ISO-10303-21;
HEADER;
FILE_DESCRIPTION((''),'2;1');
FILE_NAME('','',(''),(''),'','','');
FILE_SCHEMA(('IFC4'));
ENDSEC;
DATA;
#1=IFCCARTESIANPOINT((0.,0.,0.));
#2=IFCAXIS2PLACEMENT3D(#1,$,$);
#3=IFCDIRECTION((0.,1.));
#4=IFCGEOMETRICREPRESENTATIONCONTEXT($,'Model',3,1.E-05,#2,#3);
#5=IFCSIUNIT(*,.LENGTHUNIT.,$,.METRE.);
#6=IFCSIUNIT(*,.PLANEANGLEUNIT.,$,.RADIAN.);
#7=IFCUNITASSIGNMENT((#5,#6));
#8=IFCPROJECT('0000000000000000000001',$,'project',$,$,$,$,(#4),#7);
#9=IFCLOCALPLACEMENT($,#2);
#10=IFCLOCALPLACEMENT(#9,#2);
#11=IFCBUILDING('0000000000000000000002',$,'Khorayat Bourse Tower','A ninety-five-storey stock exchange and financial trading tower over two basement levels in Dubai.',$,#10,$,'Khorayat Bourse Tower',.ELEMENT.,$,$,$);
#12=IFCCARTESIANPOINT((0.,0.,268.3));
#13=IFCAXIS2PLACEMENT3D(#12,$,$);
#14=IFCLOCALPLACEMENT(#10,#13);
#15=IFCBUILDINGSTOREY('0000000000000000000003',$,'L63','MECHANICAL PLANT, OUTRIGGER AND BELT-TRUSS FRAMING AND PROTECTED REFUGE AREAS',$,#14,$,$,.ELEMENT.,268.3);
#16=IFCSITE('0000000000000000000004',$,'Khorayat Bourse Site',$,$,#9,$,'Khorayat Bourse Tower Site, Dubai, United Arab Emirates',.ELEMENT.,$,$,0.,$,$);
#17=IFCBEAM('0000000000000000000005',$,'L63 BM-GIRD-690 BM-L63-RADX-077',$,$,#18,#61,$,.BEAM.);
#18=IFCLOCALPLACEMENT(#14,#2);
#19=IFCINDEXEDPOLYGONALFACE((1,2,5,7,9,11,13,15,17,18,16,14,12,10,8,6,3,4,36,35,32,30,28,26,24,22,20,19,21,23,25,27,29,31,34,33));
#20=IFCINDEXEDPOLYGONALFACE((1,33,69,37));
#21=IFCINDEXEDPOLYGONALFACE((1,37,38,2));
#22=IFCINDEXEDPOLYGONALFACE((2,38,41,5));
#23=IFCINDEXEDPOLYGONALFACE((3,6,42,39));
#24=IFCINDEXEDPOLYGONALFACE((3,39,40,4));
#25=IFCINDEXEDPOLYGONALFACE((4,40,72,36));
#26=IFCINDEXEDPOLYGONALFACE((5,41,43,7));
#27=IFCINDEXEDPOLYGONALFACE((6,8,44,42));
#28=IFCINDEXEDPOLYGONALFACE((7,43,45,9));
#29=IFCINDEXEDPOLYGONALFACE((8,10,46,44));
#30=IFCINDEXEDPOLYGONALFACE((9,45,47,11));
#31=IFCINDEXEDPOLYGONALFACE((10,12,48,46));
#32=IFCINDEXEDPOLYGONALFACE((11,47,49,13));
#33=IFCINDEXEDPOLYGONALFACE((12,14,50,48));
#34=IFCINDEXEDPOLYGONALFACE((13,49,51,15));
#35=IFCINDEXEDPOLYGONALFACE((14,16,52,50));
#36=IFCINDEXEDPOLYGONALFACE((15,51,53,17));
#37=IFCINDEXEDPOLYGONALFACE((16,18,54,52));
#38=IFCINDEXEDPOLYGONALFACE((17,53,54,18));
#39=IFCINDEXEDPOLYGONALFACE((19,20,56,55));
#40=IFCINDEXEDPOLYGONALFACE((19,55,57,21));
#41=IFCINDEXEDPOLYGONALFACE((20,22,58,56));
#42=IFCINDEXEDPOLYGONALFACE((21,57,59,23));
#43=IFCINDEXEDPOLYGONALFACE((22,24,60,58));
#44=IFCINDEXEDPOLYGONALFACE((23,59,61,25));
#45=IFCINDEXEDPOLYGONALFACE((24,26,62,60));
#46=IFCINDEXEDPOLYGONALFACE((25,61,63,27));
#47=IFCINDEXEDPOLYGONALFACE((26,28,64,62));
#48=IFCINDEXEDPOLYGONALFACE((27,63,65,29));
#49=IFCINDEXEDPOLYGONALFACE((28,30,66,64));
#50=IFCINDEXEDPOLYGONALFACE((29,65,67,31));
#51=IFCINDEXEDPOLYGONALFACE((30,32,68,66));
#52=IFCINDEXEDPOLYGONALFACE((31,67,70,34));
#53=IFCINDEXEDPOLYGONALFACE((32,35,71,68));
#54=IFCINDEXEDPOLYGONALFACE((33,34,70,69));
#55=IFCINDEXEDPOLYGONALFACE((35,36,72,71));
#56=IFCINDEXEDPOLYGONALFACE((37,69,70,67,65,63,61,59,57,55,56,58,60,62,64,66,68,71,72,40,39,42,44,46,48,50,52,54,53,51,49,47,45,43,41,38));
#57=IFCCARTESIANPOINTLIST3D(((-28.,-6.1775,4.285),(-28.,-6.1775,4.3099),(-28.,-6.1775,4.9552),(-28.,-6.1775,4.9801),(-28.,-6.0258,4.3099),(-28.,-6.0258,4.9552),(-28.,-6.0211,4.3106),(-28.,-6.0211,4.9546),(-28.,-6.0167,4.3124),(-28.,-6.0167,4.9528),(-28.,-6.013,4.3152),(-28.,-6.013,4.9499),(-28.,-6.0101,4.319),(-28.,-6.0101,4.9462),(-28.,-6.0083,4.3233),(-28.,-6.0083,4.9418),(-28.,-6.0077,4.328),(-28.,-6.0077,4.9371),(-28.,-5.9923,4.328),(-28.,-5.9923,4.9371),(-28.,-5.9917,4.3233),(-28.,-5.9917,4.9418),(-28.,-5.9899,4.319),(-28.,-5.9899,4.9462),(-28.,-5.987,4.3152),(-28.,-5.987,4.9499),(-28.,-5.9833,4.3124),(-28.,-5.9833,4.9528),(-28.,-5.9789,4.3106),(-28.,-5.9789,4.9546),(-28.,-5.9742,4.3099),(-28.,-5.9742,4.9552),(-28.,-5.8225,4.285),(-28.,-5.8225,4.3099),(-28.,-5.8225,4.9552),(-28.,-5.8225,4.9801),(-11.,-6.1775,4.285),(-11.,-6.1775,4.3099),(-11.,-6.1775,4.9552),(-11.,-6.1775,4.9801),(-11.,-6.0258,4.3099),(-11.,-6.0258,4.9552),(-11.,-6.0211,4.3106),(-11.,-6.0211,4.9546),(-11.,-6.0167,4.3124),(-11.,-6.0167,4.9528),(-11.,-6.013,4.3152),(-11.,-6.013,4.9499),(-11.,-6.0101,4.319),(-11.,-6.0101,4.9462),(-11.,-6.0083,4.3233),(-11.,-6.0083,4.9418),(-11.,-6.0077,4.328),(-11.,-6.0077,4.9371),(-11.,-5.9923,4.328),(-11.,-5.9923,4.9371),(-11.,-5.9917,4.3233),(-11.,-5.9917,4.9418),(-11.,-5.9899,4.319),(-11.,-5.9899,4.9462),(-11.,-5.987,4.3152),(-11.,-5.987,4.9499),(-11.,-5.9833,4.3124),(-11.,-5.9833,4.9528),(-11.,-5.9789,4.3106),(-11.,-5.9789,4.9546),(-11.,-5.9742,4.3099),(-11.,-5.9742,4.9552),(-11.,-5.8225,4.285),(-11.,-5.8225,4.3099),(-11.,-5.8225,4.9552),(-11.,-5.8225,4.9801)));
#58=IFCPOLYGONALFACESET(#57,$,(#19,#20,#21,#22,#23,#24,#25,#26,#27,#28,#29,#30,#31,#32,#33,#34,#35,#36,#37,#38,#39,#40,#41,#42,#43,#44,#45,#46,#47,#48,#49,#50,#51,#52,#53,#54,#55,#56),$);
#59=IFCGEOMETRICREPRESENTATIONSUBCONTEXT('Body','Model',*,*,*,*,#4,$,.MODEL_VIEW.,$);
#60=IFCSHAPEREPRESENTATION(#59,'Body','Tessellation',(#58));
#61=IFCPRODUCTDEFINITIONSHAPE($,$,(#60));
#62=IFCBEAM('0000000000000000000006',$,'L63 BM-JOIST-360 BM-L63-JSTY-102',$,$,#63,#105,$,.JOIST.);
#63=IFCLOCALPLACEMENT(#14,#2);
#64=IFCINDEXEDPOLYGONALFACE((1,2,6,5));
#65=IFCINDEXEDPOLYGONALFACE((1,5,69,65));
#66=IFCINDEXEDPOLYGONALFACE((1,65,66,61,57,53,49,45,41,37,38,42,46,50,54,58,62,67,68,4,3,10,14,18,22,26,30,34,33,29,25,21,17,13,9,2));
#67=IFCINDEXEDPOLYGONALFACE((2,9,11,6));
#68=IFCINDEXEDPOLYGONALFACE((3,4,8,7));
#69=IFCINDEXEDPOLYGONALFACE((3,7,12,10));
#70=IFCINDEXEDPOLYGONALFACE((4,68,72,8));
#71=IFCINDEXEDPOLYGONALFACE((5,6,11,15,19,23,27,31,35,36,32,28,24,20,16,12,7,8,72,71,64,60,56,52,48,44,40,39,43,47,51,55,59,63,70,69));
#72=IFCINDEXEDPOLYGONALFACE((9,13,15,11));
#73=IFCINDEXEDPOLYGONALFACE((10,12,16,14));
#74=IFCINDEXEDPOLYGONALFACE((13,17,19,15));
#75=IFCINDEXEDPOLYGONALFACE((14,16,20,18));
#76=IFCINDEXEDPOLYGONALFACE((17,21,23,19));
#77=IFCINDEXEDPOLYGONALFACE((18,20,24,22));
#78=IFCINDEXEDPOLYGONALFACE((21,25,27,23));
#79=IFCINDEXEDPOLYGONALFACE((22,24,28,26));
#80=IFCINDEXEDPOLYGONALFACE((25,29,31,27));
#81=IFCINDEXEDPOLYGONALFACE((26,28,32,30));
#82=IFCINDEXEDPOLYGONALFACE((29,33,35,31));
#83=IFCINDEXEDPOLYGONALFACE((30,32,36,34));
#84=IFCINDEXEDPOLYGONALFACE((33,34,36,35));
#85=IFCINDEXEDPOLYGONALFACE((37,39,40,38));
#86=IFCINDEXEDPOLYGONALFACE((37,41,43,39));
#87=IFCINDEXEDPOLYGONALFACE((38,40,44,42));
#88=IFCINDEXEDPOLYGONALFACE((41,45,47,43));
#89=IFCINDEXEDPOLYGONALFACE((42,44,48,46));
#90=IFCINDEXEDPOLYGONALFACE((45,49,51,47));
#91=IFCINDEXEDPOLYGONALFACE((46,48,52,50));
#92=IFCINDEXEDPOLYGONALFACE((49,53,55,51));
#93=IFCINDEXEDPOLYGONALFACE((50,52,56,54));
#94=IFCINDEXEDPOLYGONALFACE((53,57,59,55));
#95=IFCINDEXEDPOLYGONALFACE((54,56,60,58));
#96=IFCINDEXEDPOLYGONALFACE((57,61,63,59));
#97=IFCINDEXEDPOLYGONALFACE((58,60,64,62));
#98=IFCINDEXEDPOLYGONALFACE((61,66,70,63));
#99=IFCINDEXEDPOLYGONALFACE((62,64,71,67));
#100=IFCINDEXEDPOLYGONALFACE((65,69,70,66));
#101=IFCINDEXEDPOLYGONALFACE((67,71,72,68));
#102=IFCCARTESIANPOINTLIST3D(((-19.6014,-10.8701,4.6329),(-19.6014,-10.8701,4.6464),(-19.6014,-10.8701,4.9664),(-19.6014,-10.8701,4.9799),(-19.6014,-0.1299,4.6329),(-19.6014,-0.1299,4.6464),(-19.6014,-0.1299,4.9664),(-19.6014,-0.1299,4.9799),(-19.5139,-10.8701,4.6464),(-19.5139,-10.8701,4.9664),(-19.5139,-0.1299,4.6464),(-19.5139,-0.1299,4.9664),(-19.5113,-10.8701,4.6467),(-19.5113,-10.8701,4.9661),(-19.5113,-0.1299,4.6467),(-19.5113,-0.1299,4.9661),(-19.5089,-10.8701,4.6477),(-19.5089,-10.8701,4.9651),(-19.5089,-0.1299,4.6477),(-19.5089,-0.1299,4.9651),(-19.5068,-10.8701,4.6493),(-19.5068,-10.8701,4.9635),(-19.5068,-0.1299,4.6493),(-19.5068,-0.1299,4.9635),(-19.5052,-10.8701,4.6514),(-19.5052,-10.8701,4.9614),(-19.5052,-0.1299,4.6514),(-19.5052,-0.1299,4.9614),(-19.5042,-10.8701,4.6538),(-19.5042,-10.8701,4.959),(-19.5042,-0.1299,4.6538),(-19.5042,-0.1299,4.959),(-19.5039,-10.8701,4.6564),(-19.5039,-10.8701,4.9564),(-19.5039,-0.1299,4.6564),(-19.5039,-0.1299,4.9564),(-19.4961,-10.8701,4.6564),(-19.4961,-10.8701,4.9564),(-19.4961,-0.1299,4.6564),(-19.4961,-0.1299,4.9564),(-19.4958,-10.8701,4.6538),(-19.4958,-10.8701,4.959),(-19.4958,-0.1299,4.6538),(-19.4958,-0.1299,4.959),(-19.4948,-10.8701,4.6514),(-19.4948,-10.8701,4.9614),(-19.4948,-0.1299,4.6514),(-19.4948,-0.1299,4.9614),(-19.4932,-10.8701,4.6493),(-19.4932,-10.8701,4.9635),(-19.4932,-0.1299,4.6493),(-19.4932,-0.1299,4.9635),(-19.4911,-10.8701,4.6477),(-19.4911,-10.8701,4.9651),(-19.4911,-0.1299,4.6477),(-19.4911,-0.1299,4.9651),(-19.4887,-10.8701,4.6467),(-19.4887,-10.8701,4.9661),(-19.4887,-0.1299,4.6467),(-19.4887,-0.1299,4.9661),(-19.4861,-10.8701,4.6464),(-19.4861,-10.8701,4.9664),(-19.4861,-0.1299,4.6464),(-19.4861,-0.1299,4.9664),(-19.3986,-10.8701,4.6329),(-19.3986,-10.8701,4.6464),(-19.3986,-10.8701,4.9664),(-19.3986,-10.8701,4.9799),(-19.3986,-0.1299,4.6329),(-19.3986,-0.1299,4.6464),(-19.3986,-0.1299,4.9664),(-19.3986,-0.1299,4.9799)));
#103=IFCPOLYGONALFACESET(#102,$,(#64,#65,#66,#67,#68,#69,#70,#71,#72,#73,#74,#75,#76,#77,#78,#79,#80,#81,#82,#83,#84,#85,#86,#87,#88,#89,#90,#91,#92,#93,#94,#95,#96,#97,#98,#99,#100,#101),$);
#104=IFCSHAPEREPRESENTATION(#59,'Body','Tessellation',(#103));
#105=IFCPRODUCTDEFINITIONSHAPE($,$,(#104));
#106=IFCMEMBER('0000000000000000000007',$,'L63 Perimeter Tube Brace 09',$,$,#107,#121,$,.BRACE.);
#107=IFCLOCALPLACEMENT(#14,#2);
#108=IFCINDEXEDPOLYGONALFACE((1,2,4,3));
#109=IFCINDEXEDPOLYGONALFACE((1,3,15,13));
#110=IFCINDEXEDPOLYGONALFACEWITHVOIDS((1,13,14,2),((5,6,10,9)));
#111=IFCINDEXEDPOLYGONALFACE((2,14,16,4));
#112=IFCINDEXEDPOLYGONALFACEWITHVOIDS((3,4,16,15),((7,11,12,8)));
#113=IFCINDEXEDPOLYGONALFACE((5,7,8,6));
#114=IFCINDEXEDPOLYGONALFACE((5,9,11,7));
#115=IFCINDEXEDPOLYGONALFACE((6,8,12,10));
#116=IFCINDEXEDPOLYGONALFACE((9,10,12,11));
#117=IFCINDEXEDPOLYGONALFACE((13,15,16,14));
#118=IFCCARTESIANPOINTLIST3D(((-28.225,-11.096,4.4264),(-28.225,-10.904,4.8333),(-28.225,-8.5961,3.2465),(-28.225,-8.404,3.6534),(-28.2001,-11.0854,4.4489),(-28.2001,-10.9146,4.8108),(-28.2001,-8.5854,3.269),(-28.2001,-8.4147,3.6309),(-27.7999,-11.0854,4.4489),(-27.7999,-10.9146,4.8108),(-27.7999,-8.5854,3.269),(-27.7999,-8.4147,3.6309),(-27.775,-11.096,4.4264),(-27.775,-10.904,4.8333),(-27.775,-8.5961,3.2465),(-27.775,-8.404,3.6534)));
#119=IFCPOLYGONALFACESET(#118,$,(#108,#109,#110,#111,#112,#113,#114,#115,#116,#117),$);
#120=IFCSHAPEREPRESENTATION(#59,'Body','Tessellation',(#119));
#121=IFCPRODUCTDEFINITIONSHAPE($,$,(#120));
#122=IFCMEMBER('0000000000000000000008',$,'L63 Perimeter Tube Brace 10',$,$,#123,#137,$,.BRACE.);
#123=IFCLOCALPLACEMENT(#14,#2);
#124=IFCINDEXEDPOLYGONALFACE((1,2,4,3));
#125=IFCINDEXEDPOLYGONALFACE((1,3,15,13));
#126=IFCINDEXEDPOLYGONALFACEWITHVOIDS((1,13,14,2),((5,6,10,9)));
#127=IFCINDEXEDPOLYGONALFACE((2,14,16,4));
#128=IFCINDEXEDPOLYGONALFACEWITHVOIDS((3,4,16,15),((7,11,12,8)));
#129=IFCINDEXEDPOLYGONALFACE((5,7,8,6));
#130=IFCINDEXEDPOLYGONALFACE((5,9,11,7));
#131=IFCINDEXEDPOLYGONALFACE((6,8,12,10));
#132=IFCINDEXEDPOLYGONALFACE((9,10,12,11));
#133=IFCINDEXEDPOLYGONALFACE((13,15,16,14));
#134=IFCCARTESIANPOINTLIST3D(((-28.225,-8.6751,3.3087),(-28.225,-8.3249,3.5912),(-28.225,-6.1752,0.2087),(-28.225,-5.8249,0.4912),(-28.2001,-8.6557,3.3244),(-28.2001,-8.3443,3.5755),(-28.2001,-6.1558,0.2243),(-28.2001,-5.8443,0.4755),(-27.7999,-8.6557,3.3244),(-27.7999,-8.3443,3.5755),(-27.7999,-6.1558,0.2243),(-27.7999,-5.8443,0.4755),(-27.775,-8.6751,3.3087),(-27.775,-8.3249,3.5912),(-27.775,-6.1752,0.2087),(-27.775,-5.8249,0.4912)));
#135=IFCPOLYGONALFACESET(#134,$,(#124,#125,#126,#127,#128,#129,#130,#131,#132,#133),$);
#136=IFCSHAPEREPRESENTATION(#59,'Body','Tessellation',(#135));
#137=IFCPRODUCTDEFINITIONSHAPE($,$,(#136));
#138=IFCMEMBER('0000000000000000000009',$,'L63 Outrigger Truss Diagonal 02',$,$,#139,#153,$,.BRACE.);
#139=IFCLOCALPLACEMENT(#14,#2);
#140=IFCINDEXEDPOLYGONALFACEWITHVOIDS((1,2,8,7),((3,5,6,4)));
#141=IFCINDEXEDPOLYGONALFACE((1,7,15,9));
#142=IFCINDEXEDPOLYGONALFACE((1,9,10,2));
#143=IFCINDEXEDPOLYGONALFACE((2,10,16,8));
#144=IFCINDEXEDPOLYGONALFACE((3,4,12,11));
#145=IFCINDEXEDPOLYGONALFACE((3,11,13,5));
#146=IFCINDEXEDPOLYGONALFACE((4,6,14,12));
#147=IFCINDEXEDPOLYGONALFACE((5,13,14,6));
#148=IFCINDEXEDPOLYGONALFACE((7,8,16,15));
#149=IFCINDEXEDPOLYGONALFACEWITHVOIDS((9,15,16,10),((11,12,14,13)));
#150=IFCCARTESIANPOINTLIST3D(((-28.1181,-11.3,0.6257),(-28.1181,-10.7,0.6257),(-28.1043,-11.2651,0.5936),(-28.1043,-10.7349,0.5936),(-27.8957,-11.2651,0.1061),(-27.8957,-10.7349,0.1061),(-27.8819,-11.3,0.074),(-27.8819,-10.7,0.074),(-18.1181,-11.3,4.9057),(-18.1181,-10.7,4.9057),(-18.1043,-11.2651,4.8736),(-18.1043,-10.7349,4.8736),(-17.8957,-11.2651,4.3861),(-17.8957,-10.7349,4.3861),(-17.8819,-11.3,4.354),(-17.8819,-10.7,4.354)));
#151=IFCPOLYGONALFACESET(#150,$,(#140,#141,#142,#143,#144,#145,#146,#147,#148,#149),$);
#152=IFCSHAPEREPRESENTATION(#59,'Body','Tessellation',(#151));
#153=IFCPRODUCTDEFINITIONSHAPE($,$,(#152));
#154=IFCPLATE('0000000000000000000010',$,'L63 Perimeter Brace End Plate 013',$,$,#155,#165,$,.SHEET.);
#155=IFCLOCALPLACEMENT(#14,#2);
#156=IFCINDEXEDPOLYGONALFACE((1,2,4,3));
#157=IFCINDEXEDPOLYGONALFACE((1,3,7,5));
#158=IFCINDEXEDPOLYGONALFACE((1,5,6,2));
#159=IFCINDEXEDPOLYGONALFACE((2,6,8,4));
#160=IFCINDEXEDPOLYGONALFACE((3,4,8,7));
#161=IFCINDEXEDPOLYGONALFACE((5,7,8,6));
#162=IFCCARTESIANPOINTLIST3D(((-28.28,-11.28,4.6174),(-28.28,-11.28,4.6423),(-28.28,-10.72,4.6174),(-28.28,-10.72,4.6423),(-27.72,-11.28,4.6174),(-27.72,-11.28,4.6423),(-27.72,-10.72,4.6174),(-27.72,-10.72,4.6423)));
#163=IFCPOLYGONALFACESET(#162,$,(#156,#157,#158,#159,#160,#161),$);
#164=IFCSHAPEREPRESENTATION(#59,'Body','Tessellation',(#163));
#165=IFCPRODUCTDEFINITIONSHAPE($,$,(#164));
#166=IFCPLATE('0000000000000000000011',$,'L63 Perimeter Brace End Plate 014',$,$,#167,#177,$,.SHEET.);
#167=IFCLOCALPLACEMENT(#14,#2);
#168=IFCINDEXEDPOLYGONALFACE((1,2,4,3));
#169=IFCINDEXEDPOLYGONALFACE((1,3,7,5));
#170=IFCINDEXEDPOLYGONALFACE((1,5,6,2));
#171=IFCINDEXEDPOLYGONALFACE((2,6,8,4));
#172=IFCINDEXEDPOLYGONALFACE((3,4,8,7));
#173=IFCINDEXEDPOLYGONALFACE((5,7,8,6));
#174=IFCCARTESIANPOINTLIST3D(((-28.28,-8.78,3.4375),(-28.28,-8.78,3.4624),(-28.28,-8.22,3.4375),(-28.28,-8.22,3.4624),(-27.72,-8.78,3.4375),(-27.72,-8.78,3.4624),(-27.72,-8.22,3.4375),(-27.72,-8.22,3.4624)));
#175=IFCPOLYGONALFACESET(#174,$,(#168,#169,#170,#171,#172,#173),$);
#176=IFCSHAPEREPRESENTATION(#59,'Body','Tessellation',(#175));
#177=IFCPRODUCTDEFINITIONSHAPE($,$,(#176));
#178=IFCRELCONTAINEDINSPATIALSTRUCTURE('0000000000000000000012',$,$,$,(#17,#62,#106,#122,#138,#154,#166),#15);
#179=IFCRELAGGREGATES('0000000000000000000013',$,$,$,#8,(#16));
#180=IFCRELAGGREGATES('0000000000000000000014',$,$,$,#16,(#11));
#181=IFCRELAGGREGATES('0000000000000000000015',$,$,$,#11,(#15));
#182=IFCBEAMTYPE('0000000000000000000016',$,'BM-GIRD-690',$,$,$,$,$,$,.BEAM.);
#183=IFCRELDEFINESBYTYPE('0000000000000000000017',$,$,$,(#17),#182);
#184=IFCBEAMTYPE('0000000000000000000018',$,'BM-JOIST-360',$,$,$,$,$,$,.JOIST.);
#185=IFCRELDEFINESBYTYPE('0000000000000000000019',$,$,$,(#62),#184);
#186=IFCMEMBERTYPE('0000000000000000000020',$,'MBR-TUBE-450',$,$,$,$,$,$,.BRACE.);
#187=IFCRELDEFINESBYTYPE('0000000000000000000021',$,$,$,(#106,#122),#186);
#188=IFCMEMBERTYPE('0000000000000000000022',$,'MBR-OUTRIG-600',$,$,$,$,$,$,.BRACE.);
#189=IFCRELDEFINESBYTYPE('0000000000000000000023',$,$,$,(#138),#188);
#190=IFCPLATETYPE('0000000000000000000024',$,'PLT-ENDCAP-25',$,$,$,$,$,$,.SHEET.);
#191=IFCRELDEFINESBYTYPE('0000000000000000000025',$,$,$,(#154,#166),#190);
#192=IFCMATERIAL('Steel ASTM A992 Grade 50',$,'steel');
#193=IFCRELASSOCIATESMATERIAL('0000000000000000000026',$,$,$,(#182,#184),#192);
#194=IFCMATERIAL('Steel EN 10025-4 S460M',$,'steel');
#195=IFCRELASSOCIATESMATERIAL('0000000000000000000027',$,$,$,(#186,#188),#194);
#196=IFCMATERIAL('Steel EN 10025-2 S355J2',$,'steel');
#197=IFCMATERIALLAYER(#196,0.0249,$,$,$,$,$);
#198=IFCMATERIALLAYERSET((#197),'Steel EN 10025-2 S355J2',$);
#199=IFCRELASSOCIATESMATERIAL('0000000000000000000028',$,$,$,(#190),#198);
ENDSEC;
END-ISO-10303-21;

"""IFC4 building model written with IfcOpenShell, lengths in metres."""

from ifc_helpers import new_model, si_unit, direction, frame, origin, origin_2d, place, context, subcontext, project, spatial, rectangle, hollow_rectangle, i_section, extrude, source, transform, mapped, material, layer, layer_set, material_profile, profile_set, type_object, element, save


model = new_model("IFC4")

# Units and contexts
model_context = context("Model", 3, precision=1e-05, world=origin(), true_north=direction((0.0, 1.0)))
body_context = subcontext(model_context, "Body", "Model", "MODEL_VIEW")
ifc_project = project(units=[si_unit("LENGTHUNIT", "METRE"), si_unit("PLANEANGLEUNIT", "RADIAN")], contexts=[model_context])

# Site, building, storey
site_placement = place(None, origin())
site = spatial("IfcSite", under=ifc_project, at=site_placement, Name="Khorayat Bourse Site", LongName="Khorayat Bourse Tower Site, Dubai, United Arab Emirates", CompositionType="ELEMENT", RefElevation=0.0)
building_placement = place(site_placement, origin())
building = spatial("IfcBuilding", under=site, at=building_placement, Name="Khorayat Bourse Tower", Description="A ninety-five-storey stock exchange and financial trading tower over two basement levels in Dubai.", LongName="Khorayat Bourse Tower", CompositionType="ELEMENT")
storey_placement = place(building_placement, frame((0.0, 0.0, 268.3)))
storey = spatial("IfcBuildingStorey", under=building, at=storey_placement, Name="L63", Description="MECHANICAL PLANT, OUTRIGGER AND BELT-TRUSS FRAMING AND PROTECTED REFUGE AREAS", CompositionType="ELEMENT", Elevation=268.3)

# Shared definitions
ifc_material_1 = material(Name="Steel EN 10025-4 S460M", Category="steel")

# Beams
ifc_material_2 = material(Name="Steel ASTM A992 Grade 50", Category="steel")
ifc_material_profile_1 = material_profile(ifc_material_2, i_section(OverallWidth=0.355, OverallDepth=0.6951, WebThickness=0.0154, FlangeThickness=0.0249, FilletRadius=0.0181, at=origin_2d()), Name="W690X217")
ifc_profile_set_1 = profile_set([ifc_material_profile_1], Name="Steel ASTM A992 Grade 50")
beam_type_1 = type_object("IfcBeamType", Name="BM-GIRD-690", PredefinedType="BEAM", material=ifc_profile_set_1)
shared_shape_1 = source(origin(), body_context, "Body", "SweptSolid", [
    extrude(i_section(OverallWidth=0.355, OverallDepth=0.6951, WebThickness=0.0154, FlangeThickness=0.0249, FilletRadius=0.0181, at=origin_2d()), origin(), (0.0, 0.0, 1.0), 17.0),
])
for number, where, z_axis, x_axis, name in (
    (1, (-28.0, -6.0, 4.6326), (1.0, 0.0, 0.0), (0.0, 1.0, 0.0), "L63 BM-GIRD-690 BM-L63-RADX-077"),
):
    element("IfcBeam", number, at=place(storey_placement, frame(where, z_axis=z_axis, x_axis=x_axis)), inside=storey, type_object=beam_type_1, Name=name, PredefinedType="BEAM", context=body_context, shape_type="MappedRepresentation", body=[
        mapped(shared_shape_1, transform((0.0, 0.0, 0.0), scale=1.0)),
    ])
ifc_material_profile_2 = material_profile(ifc_material_2, i_section(OverallWidth=0.2029, OverallDepth=0.3469, WebThickness=0.0078, FlangeThickness=0.0134, FilletRadius=0.01, at=origin_2d()), Name="W360X64")
ifc_profile_set_2 = profile_set([ifc_material_profile_2], Name="Steel ASTM A992 Grade 50")
beam_type_2 = type_object("IfcBeamType", Name="BM-JOIST-360", PredefinedType="JOIST", material=ifc_profile_set_2)
shared_shape_2 = source(origin(), body_context, "Body", "SweptSolid", [
    extrude(i_section(OverallWidth=0.2029, OverallDepth=0.3469, WebThickness=0.0078, FlangeThickness=0.0134, FilletRadius=0.01, at=origin_2d()), origin(), (0.0, 0.0, 1.0), 10.7402),
])
beam_1_placement = place(storey_placement, frame((-19.5, -10.8701, 4.8064), z_axis=(0.0, 1.0, 0.0), x_axis=(-1.0, 0.0, 0.0)))
element("IfcBeam", 2, at=beam_1_placement, inside=storey, type_object=beam_type_2, Name="L63 BM-JOIST-360 BM-L63-JSTY-102", PredefinedType="JOIST", context=body_context, shape_type="MappedRepresentation", body=[
    mapped(shared_shape_2, transform((0.0, 0.0, 0.0), scale=1.0)),
])

# Members
ifc_material_profile_3 = material_profile(ifc_material_1, hollow_rectangle(XDim=0.45, YDim=0.45, WallThickness=0.0249, at=origin_2d()), Name="HSS 450x450x25")
ifc_profile_set_3 = profile_set([ifc_material_profile_3], Name="Steel EN 10025-4 S460M")
member_type_1 = type_object("IfcMemberType", Name="MBR-TUBE-450", PredefinedType="BRACE", material=ifc_profile_set_3)
shared_shape_3 = source(origin(), body_context, "Body", "SweptSolid", [
    extrude(hollow_rectangle(XDim=0.45, YDim=0.45, WallThickness=0.0249, at=origin_2d()), origin(), (0.0, 0.0, 1.0), 2.7644),
])
member_1_placement = place(storey_placement, frame((-28.0, -11.0, 4.6299), z_axis=(0.0, 0.904336, -0.426822), x_axis=(-1.0, 0.0, 0.0)))
element("IfcMember", 3, at=member_1_placement, inside=storey, type_object=member_type_1, Name="L63 Perimeter Tube Brace 09", PredefinedType="BRACE", context=body_context, shape_type="MappedRepresentation", body=[
    mapped(shared_shape_3, transform((0.0, 0.0, 0.0), scale=1.0)),
])
shared_shape_4 = source(origin(), body_context, "Body", "SweptSolid", [
    extrude(hollow_rectangle(XDim=0.45, YDim=0.45, WallThickness=0.0249, at=origin_2d()), origin(), (0.0, 0.0, 1.0), 3.9824),
])
member_2_placement = place(storey_placement, frame((-28.0, -8.5, 3.45), z_axis=(0.0, 0.62774, -0.778423), x_axis=(-1.0, 0.0, 0.0)))
element("IfcMember", 4, at=member_2_placement, inside=storey, type_object=member_type_1, Name="L63 Perimeter Tube Brace 10", PredefinedType="BRACE", context=body_context, shape_type="MappedRepresentation", body=[
    mapped(shared_shape_4, transform((0.0, 0.0, 0.0), scale=1.0)),
])
ifc_material_profile_4 = material_profile(ifc_material_1, hollow_rectangle(XDim=0.6001, YDim=0.6001, WallThickness=0.0349, at=origin_2d()), Name="BOX 600x600x35")
ifc_profile_set_4 = profile_set([ifc_material_profile_4], Name="Steel EN 10025-4 S460M")
member_type_2 = type_object("IfcMemberType", Name="MBR-OUTRIG-600", PredefinedType="BRACE", material=ifc_profile_set_4)
shared_shape_5 = source(origin(), body_context, "Body", "SweptSolid", [
    extrude(hollow_rectangle(XDim=0.6001, YDim=0.6001, WallThickness=0.0349, at=origin_2d()), origin(), (0.0, 0.0, 1.0), 10.8774),
])
member_3_placement = place(storey_placement, frame((-18.0, -11.0, 4.6299), z_axis=(-0.919334, 0.0, -0.393478), x_axis=(0.0, -1.0, 0.0)))
element("IfcMember", 5, at=member_3_placement, inside=storey, type_object=member_type_2, Name="L63 Outrigger Truss Diagonal 02", PredefinedType="BRACE", context=body_context, shape_type="MappedRepresentation", body=[
    mapped(shared_shape_5, transform((0.0, 0.0, 0.0), scale=1.0)),
])

# Plates
ifc_material_3 = material(Name="Steel EN 10025-2 S355J2", Category="steel")
ifc_layer_1 = layer(ifc_material_3, 0.0249)
ifc_layer_set_1 = layer_set([ifc_layer_1], Name="Steel EN 10025-2 S355J2")
plate_type_1 = type_object("IfcPlateType", Name="PLT-ENDCAP-25", PredefinedType="SHEET", material=ifc_layer_set_1)
shared_shape_6 = source(origin(), body_context, "Body", "SweptSolid", [
    extrude(rectangle(XDim=0.5601, YDim=0.5601, at=origin_2d()), origin(), (0.0, 0.0, 1.0), 0.0249),
])
for number, where, z_axis, x_axis, name in (
    (6, (-28.0, -11.0, 4.6174), (0.0, 0.0, 1.0), (1.0, 0.0, 0.0), "L63 Perimeter Brace End Plate 013"),
    (7, (-28.0, -8.5, 3.4375), (0.0, 0.0, 1.0), (1.0, 0.0, 0.0), "L63 Perimeter Brace End Plate 014"),
):
    element("IfcPlate", number, at=place(storey_placement, frame(where, z_axis=z_axis, x_axis=x_axis)), inside=storey, type_object=plate_type_1, Name=name, PredefinedType="SHEET", context=body_context, shape_type="MappedRepresentation", body=[
        mapped(shared_shape_6, transform((0.0, 0.0, 0.0), scale=1.0)),
    ])

save(model, "model.ifc")
